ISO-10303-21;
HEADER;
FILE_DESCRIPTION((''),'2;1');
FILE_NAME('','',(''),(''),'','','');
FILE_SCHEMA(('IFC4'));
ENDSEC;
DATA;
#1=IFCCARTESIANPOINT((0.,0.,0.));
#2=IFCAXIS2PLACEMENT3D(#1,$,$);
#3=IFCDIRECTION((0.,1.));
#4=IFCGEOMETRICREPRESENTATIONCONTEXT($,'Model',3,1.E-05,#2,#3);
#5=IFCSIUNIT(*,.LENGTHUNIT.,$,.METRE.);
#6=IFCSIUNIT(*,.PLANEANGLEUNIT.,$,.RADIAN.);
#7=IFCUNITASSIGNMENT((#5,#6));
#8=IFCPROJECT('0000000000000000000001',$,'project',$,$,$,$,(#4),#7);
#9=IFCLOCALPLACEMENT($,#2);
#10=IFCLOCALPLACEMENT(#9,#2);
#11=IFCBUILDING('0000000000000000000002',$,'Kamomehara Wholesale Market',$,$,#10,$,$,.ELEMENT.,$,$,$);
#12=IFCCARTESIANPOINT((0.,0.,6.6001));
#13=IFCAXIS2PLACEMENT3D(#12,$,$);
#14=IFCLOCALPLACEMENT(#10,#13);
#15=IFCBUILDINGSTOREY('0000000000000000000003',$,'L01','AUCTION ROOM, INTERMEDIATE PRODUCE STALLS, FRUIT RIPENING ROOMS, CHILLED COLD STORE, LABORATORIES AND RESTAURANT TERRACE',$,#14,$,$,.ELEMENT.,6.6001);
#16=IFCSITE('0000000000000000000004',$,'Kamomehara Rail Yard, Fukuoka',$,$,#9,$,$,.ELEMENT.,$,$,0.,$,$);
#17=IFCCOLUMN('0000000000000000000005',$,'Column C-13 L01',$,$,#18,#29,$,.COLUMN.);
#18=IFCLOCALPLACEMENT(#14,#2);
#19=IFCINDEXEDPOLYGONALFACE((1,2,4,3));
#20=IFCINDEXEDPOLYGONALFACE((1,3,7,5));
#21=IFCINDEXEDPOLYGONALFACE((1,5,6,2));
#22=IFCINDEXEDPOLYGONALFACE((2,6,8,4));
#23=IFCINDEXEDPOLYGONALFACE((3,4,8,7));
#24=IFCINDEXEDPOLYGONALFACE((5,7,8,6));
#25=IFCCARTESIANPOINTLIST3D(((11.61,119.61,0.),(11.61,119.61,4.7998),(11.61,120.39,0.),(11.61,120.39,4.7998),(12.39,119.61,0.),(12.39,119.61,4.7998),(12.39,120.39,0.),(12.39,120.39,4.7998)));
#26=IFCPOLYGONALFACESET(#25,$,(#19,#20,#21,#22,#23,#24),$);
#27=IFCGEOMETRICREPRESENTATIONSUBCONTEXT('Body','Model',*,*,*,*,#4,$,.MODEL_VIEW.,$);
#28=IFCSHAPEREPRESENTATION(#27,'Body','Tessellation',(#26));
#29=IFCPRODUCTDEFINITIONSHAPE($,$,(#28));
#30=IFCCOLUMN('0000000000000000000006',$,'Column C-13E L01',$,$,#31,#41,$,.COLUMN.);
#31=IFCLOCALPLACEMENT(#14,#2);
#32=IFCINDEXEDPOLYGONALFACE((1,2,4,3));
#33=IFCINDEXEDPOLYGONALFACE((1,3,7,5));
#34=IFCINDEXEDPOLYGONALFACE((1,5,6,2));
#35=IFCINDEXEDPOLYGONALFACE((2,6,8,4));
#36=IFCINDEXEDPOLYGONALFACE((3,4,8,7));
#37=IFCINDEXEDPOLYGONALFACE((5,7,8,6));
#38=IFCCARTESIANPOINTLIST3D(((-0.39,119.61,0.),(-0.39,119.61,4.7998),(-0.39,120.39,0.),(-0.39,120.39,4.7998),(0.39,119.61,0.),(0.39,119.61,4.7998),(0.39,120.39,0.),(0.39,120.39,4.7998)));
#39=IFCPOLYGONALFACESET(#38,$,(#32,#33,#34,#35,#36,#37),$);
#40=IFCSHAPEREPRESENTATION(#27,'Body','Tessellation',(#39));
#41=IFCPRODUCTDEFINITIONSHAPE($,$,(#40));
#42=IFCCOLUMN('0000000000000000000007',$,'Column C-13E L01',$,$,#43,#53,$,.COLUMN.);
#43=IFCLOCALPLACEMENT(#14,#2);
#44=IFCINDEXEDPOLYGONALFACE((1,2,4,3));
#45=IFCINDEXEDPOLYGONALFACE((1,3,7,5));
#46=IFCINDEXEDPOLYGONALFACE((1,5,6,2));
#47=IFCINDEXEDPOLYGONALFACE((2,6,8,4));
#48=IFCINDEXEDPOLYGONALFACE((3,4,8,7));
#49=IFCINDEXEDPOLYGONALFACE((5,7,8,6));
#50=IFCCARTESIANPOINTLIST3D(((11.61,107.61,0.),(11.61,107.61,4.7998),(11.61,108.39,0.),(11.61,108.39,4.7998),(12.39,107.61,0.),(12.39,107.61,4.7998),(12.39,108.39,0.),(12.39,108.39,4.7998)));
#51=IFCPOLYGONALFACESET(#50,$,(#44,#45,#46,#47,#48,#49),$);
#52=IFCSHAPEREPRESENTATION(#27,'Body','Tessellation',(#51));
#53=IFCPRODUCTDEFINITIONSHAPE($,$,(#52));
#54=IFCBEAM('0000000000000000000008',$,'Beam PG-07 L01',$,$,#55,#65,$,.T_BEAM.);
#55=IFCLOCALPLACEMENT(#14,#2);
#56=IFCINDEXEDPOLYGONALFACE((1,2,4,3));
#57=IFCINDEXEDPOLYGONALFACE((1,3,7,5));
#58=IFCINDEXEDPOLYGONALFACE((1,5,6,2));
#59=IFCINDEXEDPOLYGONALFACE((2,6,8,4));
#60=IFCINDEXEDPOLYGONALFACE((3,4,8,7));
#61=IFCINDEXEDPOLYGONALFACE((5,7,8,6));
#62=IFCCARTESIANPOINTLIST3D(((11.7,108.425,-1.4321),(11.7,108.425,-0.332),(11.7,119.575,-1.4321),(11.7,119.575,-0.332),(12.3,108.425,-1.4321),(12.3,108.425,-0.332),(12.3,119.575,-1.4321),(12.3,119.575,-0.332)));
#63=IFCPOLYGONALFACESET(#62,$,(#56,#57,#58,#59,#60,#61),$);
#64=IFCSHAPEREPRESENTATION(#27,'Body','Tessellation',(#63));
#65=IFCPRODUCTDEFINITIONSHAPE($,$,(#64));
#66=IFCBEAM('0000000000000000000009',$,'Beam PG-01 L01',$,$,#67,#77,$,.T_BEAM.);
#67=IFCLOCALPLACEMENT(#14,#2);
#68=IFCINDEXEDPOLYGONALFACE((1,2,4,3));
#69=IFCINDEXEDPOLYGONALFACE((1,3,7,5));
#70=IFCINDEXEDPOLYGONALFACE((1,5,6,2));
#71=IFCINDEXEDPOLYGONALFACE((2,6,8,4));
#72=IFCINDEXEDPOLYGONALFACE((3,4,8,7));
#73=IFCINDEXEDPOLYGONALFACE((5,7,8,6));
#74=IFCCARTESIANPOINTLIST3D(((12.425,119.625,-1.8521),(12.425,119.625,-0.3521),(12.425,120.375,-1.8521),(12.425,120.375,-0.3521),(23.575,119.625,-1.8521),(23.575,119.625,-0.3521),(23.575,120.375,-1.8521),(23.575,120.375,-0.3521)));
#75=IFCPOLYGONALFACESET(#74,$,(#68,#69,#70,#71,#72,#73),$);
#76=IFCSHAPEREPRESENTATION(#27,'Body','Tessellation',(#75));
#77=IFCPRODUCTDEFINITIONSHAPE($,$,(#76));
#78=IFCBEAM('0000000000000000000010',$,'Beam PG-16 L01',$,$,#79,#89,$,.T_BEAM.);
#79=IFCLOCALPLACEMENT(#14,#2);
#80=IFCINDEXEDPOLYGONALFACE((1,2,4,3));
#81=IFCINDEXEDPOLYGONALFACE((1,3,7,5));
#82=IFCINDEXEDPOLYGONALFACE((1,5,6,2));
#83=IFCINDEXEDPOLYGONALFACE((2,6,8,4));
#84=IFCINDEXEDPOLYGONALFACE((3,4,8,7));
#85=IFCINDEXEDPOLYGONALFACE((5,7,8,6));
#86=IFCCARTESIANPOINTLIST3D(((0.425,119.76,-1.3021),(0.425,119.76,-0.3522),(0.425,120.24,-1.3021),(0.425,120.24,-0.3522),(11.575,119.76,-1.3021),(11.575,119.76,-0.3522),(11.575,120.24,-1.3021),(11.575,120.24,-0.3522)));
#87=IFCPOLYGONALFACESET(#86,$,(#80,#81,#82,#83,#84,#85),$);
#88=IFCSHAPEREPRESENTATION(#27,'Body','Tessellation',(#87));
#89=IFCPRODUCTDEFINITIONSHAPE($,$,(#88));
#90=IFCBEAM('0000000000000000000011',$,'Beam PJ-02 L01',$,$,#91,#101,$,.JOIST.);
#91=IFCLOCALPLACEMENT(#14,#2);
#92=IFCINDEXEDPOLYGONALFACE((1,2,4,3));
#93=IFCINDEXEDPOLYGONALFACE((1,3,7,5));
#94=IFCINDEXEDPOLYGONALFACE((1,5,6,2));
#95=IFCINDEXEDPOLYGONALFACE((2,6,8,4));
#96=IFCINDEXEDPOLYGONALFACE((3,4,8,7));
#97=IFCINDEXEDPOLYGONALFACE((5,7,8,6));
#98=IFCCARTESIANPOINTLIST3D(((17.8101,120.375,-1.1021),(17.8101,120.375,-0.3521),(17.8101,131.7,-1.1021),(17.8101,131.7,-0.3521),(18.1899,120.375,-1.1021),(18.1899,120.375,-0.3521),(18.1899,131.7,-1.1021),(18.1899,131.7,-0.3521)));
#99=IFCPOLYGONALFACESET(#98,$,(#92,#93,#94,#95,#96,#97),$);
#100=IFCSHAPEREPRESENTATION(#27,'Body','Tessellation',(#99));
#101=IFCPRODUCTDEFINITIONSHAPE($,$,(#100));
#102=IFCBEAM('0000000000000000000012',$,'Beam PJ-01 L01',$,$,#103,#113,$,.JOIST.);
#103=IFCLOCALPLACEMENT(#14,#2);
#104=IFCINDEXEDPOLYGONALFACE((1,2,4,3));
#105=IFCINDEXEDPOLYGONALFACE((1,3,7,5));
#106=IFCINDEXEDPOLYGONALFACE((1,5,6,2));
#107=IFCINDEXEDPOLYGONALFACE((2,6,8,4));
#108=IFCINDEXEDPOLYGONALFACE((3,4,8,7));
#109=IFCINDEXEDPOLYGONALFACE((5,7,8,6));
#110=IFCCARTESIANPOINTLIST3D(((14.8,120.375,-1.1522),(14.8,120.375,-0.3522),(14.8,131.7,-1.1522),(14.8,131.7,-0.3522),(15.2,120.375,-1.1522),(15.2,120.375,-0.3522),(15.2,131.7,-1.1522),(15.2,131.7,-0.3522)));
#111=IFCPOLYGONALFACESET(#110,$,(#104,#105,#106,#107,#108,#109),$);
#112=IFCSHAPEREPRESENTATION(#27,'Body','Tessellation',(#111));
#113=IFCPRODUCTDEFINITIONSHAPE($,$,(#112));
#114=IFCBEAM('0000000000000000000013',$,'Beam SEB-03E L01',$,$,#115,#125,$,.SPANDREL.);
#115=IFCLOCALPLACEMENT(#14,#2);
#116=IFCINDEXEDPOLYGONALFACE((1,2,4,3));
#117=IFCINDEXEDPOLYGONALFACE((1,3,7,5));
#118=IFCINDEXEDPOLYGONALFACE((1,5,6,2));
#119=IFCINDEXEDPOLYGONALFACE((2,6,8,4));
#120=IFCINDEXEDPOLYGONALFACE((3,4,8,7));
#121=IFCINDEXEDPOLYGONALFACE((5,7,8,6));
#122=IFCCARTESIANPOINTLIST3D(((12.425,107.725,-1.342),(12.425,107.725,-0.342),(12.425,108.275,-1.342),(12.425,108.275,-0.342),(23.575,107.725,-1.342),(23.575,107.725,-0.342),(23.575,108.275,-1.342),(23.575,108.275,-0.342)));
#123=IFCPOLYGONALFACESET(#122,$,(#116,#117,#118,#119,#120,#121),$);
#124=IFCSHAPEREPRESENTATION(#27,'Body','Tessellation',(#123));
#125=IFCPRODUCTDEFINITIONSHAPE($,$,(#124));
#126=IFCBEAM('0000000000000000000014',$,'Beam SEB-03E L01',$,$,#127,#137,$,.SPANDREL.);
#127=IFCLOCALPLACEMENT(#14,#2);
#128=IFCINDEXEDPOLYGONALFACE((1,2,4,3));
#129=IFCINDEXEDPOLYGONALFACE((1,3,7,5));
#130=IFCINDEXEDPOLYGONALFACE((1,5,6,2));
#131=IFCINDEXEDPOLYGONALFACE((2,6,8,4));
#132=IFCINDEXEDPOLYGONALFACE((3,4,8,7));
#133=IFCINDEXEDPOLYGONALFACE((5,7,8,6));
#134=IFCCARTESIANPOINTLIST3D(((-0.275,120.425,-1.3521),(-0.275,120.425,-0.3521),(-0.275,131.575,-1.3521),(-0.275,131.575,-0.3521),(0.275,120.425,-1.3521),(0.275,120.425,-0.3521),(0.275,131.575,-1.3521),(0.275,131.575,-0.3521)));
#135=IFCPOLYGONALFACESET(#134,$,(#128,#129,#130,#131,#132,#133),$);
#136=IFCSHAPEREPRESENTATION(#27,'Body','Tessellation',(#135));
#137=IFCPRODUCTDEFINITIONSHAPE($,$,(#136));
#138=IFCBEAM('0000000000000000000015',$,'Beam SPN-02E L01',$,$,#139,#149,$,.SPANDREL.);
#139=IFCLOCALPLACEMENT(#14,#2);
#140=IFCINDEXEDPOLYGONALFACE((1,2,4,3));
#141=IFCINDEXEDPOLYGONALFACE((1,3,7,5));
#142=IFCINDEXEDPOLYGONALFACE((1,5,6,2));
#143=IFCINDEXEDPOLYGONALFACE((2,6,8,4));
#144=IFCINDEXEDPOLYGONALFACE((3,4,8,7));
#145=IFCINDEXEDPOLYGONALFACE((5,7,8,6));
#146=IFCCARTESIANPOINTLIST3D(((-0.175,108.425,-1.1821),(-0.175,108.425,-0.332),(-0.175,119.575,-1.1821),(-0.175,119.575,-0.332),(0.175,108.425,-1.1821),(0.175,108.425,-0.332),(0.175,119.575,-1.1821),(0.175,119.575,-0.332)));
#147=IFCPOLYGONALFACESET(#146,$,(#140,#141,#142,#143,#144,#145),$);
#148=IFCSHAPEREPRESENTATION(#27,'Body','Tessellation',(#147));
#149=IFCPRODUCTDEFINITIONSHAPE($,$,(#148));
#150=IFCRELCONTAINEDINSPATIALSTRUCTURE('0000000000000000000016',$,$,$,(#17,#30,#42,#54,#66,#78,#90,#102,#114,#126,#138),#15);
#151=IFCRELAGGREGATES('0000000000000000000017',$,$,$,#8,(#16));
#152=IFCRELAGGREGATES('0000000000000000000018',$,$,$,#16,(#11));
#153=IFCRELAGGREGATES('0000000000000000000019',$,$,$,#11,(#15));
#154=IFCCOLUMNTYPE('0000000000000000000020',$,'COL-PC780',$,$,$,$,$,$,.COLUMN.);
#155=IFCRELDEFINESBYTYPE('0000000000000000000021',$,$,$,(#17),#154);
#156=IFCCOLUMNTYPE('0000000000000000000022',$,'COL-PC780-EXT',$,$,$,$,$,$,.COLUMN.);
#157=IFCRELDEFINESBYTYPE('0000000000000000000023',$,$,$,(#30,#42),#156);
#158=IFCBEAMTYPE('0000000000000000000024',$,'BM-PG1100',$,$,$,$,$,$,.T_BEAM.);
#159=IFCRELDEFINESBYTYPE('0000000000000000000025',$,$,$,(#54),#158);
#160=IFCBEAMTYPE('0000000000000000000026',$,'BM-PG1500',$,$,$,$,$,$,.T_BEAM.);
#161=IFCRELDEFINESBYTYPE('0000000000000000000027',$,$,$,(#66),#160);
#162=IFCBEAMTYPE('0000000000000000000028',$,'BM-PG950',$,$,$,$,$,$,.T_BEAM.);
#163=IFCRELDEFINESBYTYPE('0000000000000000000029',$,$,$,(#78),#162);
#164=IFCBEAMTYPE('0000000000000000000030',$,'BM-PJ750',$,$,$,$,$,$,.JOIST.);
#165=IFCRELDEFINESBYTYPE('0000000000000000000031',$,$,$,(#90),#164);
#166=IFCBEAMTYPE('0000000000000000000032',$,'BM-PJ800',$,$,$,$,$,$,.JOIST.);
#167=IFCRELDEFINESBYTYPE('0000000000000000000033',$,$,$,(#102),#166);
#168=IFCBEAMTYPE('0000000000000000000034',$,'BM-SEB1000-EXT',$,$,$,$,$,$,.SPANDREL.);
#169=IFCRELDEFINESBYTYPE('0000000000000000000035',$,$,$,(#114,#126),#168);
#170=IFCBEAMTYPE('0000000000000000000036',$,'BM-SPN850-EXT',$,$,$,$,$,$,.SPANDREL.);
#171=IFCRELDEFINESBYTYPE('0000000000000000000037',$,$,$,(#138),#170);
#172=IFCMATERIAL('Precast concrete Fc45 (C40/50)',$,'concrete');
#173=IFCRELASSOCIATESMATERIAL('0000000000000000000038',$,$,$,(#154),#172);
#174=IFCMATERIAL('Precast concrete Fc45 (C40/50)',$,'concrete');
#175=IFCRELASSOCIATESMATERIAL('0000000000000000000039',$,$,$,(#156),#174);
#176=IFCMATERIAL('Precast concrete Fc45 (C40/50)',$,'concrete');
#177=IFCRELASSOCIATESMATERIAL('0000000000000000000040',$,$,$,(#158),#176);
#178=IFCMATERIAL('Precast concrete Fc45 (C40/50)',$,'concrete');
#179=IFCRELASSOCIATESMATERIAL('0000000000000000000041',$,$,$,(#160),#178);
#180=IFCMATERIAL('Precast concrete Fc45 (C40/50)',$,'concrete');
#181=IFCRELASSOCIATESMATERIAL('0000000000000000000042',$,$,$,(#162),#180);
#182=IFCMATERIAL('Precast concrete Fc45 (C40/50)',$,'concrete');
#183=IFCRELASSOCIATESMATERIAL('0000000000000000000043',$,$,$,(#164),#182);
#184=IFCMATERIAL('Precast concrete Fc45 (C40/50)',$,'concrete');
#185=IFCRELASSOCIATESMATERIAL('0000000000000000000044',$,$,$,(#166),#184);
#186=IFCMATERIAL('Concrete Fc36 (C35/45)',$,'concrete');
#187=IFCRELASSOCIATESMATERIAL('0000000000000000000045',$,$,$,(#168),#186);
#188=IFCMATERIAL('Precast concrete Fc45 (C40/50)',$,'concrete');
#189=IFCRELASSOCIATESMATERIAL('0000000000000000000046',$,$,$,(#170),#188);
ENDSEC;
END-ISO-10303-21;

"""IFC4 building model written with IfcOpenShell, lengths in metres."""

from ifc_helpers import new_model, si_unit, direction, frame, origin, origin_2d, place, context, subcontext, project, spatial, rectangle, extrude, material, material_profile, profile_set, type_object, element, save


model = new_model("IFC4")

# Units and contexts
model_context = context("Model", 3, precision=1e-05, world=origin(), true_north=direction((0.0, 1.0)))
body_context = subcontext(model_context, "Body", "Model", "MODEL_VIEW")
ifc_project = project(units=[si_unit("LENGTHUNIT", "METRE"), si_unit("PLANEANGLEUNIT", "RADIAN")], contexts=[model_context])

# Site, building, storey
site_placement = place(None, origin())
site = spatial("IfcSite", under=ifc_project, at=site_placement, Name="Kamomehara Rail Yard, Fukuoka", CompositionType="ELEMENT", RefElevation=0.0)
building_placement = place(site_placement, origin())
building = spatial("IfcBuilding", under=site, at=building_placement, Name="Kamomehara Wholesale Market", CompositionType="ELEMENT")
storey_placement = place(building_placement, frame((0.0, 0.0, 6.6001)))
storey = spatial("IfcBuildingStorey", under=building, at=storey_placement, Name="L01", Description="AUCTION ROOM, INTERMEDIATE PRODUCE STALLS, FRUIT RIPENING ROOMS, CHILLED COLD STORE, LABORATORIES AND RESTAURANT TERRACE", CompositionType="ELEMENT", Elevation=6.6001)

# Columns
ifc_material_1 = material(Name="Precast concrete Fc45 (C40/50)", Category="concrete")
ifc_material_profile_1 = material_profile(ifc_material_1, rectangle(XDim=0.78, YDim=0.78, at=origin_2d()), Name="PC-COL-780x780")
ifc_profile_set_1 = profile_set([ifc_material_profile_1], Name="Precast concrete Fc45 (C40/50)")
column_type_1 = type_object("IfcColumnType", Name="COL-PC780", PredefinedType="COLUMN", material=ifc_profile_set_1)
column_placement = place(storey_placement, frame((12.0, 120.0, 0.0), z_axis=(0.0, 0.0, 1.0), x_axis=(1.0, 0.0, 0.0)))
element("IfcColumn", 1, at=column_placement, inside=storey, type_object=column_type_1, Name="Column C-13 L01", PredefinedType="COLUMN", context=body_context, shape_type="SweptSolid", body=[
    extrude(rectangle(XDim=0.78, YDim=0.78, at=origin_2d()), origin(), (0.0, 0.0, 1.0), 4.7998),
])
ifc_material_2 = material(Name="Precast concrete Fc45 (C40/50)", Category="concrete")
ifc_material_profile_2 = material_profile(ifc_material_2, rectangle(XDim=0.78, YDim=0.78, at=origin_2d()), Name="PC-COL-780x780")
ifc_profile_set_2 = profile_set([ifc_material_profile_2], Name="Precast concrete Fc45 (C40/50)")
column_type_2 = type_object("IfcColumnType", Name="COL-PC780-EXT", PredefinedType="COLUMN", material=ifc_profile_set_2)
for number, where, z_axis, x_axis, name in (
    (2, (0.0, 120.0, 0.0), (0.0, 0.0, 1.0), (1.0, 0.0, 0.0), "Column C-13E L01"),
    (3, (12.0, 108.0, 0.0), (0.0, 0.0, 1.0), (1.0, 0.0, 0.0), "Column C-13E L01"),
):
    element("IfcColumn", number, at=place(storey_placement, frame(where, z_axis=z_axis, x_axis=x_axis)), inside=storey, type_object=column_type_2, Name=name, PredefinedType="COLUMN", context=body_context, shape_type="SweptSolid", body=[
        extrude(rectangle(XDim=0.78, YDim=0.78, at=origin_2d()), origin(), (0.0, 0.0, 1.0), 4.7998),
    ])

# Beams
ifc_material_3 = material(Name="Precast concrete Fc45 (C40/50)", Category="concrete")
ifc_material_profile_3 = material_profile(ifc_material_3, rectangle(XDim=0.6001, YDim=1.1001, at=origin_2d()), Name="PC-GRD-600x1100")
ifc_profile_set_3 = profile_set([ifc_material_profile_3], Name="Precast concrete Fc45 (C40/50)")
beam_type_1 = type_object("IfcBeamType", Name="BM-PG1100", PredefinedType="T_BEAM", material=ifc_profile_set_3)
beam_1_placement = place(storey_placement, frame((12.0, 108.425, -0.8821), z_axis=(0.0, 1.0, 0.0), x_axis=(-1.0, 0.0, 0.0)))
element("IfcBeam", 4, at=beam_1_placement, inside=storey, type_object=beam_type_1, Name="Beam PG-07 L01", PredefinedType="T_BEAM", context=body_context, shape_type="SweptSolid", body=[
    extrude(rectangle(XDim=0.6001, YDim=1.1001, at=origin_2d()), origin(), (0.0, 0.0, 1.0), 11.1499),
])
ifc_material_4 = material(Name="Precast concrete Fc45 (C40/50)", Category="concrete")
ifc_material_profile_4 = material_profile(ifc_material_4, rectangle(XDim=0.75, YDim=1.5, at=origin_2d()), Name="PC-GRD-750x1500")
ifc_profile_set_4 = profile_set([ifc_material_profile_4], Name="Precast concrete Fc45 (C40/50)")
beam_type_2 = type_object("IfcBeamType", Name="BM-PG1500", PredefinedType="T_BEAM", material=ifc_profile_set_4)
beam_2_placement = place(storey_placement, frame((12.425, 120.0, -1.1021), z_axis=(1.0, 0.0, 0.0), x_axis=(0.0, 1.0, 0.0)))
element("IfcBeam", 5, at=beam_2_placement, inside=storey, type_object=beam_type_2, Name="Beam PG-01 L01", PredefinedType="T_BEAM", context=body_context, shape_type="SweptSolid", body=[
    extrude(rectangle(XDim=0.75, YDim=1.5, at=origin_2d()), origin(), (0.0, 0.0, 1.0), 11.1499),
])
ifc_material_5 = material(Name="Precast concrete Fc45 (C40/50)", Category="concrete")
ifc_material_profile_5 = material_profile(ifc_material_5, rectangle(XDim=0.48, YDim=0.95, at=origin_2d()), Name="PC-GRD-480x950")
ifc_profile_set_5 = profile_set([ifc_material_profile_5], Name="Precast concrete Fc45 (C40/50)")
beam_type_3 = type_object("IfcBeamType", Name="BM-PG950", PredefinedType="T_BEAM", material=ifc_profile_set_5)
beam_3_placement = place(storey_placement, frame((0.425, 120.0, -0.8271), z_axis=(1.0, 0.0, 0.0), x_axis=(0.0, 1.0, 0.0)))
element("IfcBeam", 6, at=beam_3_placement, inside=storey, type_object=beam_type_3, Name="Beam PG-16 L01", PredefinedType="T_BEAM", context=body_context, shape_type="SweptSolid", body=[
    extrude(rectangle(XDim=0.48, YDim=0.95, at=origin_2d()), origin(), (0.0, 0.0, 1.0), 11.1499),
])
ifc_material_6 = material(Name="Precast concrete Fc45 (C40/50)", Category="concrete")
ifc_material_profile_6 = material_profile(ifc_material_6, rectangle(XDim=0.3799, YDim=0.75, at=origin_2d()), Name="PC-JST-380x750")
ifc_profile_set_6 = profile_set([ifc_material_profile_6], Name="Precast concrete Fc45 (C40/50)")
beam_type_4 = type_object("IfcBeamType", Name="BM-PJ750", PredefinedType="JOIST", material=ifc_profile_set_6)
beam_4_placement = place(storey_placement, frame((18.0, 120.375, -0.7271), z_axis=(0.0, 1.0, 0.0), x_axis=(-1.0, 0.0, 0.0)))
element("IfcBeam", 7, at=beam_4_placement, inside=storey, type_object=beam_type_4, Name="Beam PJ-02 L01", PredefinedType="JOIST", context=body_context, shape_type="SweptSolid", body=[
    extrude(rectangle(XDim=0.3799, YDim=0.75, at=origin_2d()), origin(), (0.0, 0.0, 1.0), 11.325),
])
ifc_material_7 = material(Name="Precast concrete Fc45 (C40/50)", Category="concrete")
ifc_material_profile_7 = material_profile(ifc_material_7, rectangle(XDim=0.3999, YDim=0.8, at=origin_2d()), Name="PC-JST-400x800")
ifc_profile_set_7 = profile_set([ifc_material_profile_7], Name="Precast concrete Fc45 (C40/50)")
beam_type_5 = type_object("IfcBeamType", Name="BM-PJ800", PredefinedType="JOIST", material=ifc_profile_set_7)
beam_5_placement = place(storey_placement, frame((15.0, 120.375, -0.7522), z_axis=(0.0, 1.0, 0.0), x_axis=(-1.0, 0.0, 0.0)))
element("IfcBeam", 8, at=beam_5_placement, inside=storey, type_object=beam_type_5, Name="Beam PJ-01 L01", PredefinedType="JOIST", context=body_context, shape_type="SweptSolid", body=[
    extrude(rectangle(XDim=0.3999, YDim=0.8, at=origin_2d()), origin(), (0.0, 0.0, 1.0), 11.325),
])
ifc_material_8 = material(Name="Concrete Fc36 (C35/45)", Category="concrete")
ifc_material_profile_8 = material_profile(ifc_material_8, rectangle(XDim=0.55, YDim=1.0, at=origin_2d()), Name="RC-SEB-550x1000")
ifc_profile_set_8 = profile_set([ifc_material_profile_8], Name="Concrete Fc36 (C35/45)")
beam_type_6 = type_object("IfcBeamType", Name="BM-SEB1000-EXT", PredefinedType="SPANDREL", material=ifc_profile_set_8)
for number, where, z_axis, x_axis, name in (
    (9, (12.425, 108.0, -0.842), (1.0, 0.0, 0.0), (0.0, 1.0, 0.0), "Beam SEB-03E L01"),
    (10, (0.0, 120.425, -0.8521), (0.0, 1.0, 0.0), (-1.0, 0.0, 0.0), "Beam SEB-03E L01"),
):
    element("IfcBeam", number, at=place(storey_placement, frame(where, z_axis=z_axis, x_axis=x_axis)), inside=storey, type_object=beam_type_6, Name=name, PredefinedType="SPANDREL", context=body_context, shape_type="SweptSolid", body=[
        extrude(rectangle(XDim=0.55, YDim=1.0, at=origin_2d()), origin(), (0.0, 0.0, 1.0), 11.1499),
    ])
ifc_material_9 = material(Name="Precast concrete Fc45 (C40/50)", Category="concrete")
ifc_material_profile_9 = material_profile(ifc_material_9, rectangle(XDim=0.3501, YDim=0.8501, at=origin_2d()), Name="PC-SPN-350x850")
ifc_profile_set_9 = profile_set([ifc_material_profile_9], Name="Precast concrete Fc45 (C40/50)")
beam_type_7 = type_object("IfcBeamType", Name="BM-SPN850-EXT", PredefinedType="SPANDREL", material=ifc_profile_set_9)
beam_6_placement = place(storey_placement, frame((0.0, 108.425, -0.7571), z_axis=(0.0, 1.0, 0.0), x_axis=(-1.0, 0.0, 0.0)))
element("IfcBeam", 11, at=beam_6_placement, inside=storey, type_object=beam_type_7, Name="Beam SPN-02E L01", PredefinedType="SPANDREL", context=body_context, shape_type="SweptSolid", body=[
    extrude(rectangle(XDim=0.3501, YDim=0.8501, at=origin_2d()), origin(), (0.0, 0.0, 1.0), 11.1499),
])

save(model, "model.ifc")
